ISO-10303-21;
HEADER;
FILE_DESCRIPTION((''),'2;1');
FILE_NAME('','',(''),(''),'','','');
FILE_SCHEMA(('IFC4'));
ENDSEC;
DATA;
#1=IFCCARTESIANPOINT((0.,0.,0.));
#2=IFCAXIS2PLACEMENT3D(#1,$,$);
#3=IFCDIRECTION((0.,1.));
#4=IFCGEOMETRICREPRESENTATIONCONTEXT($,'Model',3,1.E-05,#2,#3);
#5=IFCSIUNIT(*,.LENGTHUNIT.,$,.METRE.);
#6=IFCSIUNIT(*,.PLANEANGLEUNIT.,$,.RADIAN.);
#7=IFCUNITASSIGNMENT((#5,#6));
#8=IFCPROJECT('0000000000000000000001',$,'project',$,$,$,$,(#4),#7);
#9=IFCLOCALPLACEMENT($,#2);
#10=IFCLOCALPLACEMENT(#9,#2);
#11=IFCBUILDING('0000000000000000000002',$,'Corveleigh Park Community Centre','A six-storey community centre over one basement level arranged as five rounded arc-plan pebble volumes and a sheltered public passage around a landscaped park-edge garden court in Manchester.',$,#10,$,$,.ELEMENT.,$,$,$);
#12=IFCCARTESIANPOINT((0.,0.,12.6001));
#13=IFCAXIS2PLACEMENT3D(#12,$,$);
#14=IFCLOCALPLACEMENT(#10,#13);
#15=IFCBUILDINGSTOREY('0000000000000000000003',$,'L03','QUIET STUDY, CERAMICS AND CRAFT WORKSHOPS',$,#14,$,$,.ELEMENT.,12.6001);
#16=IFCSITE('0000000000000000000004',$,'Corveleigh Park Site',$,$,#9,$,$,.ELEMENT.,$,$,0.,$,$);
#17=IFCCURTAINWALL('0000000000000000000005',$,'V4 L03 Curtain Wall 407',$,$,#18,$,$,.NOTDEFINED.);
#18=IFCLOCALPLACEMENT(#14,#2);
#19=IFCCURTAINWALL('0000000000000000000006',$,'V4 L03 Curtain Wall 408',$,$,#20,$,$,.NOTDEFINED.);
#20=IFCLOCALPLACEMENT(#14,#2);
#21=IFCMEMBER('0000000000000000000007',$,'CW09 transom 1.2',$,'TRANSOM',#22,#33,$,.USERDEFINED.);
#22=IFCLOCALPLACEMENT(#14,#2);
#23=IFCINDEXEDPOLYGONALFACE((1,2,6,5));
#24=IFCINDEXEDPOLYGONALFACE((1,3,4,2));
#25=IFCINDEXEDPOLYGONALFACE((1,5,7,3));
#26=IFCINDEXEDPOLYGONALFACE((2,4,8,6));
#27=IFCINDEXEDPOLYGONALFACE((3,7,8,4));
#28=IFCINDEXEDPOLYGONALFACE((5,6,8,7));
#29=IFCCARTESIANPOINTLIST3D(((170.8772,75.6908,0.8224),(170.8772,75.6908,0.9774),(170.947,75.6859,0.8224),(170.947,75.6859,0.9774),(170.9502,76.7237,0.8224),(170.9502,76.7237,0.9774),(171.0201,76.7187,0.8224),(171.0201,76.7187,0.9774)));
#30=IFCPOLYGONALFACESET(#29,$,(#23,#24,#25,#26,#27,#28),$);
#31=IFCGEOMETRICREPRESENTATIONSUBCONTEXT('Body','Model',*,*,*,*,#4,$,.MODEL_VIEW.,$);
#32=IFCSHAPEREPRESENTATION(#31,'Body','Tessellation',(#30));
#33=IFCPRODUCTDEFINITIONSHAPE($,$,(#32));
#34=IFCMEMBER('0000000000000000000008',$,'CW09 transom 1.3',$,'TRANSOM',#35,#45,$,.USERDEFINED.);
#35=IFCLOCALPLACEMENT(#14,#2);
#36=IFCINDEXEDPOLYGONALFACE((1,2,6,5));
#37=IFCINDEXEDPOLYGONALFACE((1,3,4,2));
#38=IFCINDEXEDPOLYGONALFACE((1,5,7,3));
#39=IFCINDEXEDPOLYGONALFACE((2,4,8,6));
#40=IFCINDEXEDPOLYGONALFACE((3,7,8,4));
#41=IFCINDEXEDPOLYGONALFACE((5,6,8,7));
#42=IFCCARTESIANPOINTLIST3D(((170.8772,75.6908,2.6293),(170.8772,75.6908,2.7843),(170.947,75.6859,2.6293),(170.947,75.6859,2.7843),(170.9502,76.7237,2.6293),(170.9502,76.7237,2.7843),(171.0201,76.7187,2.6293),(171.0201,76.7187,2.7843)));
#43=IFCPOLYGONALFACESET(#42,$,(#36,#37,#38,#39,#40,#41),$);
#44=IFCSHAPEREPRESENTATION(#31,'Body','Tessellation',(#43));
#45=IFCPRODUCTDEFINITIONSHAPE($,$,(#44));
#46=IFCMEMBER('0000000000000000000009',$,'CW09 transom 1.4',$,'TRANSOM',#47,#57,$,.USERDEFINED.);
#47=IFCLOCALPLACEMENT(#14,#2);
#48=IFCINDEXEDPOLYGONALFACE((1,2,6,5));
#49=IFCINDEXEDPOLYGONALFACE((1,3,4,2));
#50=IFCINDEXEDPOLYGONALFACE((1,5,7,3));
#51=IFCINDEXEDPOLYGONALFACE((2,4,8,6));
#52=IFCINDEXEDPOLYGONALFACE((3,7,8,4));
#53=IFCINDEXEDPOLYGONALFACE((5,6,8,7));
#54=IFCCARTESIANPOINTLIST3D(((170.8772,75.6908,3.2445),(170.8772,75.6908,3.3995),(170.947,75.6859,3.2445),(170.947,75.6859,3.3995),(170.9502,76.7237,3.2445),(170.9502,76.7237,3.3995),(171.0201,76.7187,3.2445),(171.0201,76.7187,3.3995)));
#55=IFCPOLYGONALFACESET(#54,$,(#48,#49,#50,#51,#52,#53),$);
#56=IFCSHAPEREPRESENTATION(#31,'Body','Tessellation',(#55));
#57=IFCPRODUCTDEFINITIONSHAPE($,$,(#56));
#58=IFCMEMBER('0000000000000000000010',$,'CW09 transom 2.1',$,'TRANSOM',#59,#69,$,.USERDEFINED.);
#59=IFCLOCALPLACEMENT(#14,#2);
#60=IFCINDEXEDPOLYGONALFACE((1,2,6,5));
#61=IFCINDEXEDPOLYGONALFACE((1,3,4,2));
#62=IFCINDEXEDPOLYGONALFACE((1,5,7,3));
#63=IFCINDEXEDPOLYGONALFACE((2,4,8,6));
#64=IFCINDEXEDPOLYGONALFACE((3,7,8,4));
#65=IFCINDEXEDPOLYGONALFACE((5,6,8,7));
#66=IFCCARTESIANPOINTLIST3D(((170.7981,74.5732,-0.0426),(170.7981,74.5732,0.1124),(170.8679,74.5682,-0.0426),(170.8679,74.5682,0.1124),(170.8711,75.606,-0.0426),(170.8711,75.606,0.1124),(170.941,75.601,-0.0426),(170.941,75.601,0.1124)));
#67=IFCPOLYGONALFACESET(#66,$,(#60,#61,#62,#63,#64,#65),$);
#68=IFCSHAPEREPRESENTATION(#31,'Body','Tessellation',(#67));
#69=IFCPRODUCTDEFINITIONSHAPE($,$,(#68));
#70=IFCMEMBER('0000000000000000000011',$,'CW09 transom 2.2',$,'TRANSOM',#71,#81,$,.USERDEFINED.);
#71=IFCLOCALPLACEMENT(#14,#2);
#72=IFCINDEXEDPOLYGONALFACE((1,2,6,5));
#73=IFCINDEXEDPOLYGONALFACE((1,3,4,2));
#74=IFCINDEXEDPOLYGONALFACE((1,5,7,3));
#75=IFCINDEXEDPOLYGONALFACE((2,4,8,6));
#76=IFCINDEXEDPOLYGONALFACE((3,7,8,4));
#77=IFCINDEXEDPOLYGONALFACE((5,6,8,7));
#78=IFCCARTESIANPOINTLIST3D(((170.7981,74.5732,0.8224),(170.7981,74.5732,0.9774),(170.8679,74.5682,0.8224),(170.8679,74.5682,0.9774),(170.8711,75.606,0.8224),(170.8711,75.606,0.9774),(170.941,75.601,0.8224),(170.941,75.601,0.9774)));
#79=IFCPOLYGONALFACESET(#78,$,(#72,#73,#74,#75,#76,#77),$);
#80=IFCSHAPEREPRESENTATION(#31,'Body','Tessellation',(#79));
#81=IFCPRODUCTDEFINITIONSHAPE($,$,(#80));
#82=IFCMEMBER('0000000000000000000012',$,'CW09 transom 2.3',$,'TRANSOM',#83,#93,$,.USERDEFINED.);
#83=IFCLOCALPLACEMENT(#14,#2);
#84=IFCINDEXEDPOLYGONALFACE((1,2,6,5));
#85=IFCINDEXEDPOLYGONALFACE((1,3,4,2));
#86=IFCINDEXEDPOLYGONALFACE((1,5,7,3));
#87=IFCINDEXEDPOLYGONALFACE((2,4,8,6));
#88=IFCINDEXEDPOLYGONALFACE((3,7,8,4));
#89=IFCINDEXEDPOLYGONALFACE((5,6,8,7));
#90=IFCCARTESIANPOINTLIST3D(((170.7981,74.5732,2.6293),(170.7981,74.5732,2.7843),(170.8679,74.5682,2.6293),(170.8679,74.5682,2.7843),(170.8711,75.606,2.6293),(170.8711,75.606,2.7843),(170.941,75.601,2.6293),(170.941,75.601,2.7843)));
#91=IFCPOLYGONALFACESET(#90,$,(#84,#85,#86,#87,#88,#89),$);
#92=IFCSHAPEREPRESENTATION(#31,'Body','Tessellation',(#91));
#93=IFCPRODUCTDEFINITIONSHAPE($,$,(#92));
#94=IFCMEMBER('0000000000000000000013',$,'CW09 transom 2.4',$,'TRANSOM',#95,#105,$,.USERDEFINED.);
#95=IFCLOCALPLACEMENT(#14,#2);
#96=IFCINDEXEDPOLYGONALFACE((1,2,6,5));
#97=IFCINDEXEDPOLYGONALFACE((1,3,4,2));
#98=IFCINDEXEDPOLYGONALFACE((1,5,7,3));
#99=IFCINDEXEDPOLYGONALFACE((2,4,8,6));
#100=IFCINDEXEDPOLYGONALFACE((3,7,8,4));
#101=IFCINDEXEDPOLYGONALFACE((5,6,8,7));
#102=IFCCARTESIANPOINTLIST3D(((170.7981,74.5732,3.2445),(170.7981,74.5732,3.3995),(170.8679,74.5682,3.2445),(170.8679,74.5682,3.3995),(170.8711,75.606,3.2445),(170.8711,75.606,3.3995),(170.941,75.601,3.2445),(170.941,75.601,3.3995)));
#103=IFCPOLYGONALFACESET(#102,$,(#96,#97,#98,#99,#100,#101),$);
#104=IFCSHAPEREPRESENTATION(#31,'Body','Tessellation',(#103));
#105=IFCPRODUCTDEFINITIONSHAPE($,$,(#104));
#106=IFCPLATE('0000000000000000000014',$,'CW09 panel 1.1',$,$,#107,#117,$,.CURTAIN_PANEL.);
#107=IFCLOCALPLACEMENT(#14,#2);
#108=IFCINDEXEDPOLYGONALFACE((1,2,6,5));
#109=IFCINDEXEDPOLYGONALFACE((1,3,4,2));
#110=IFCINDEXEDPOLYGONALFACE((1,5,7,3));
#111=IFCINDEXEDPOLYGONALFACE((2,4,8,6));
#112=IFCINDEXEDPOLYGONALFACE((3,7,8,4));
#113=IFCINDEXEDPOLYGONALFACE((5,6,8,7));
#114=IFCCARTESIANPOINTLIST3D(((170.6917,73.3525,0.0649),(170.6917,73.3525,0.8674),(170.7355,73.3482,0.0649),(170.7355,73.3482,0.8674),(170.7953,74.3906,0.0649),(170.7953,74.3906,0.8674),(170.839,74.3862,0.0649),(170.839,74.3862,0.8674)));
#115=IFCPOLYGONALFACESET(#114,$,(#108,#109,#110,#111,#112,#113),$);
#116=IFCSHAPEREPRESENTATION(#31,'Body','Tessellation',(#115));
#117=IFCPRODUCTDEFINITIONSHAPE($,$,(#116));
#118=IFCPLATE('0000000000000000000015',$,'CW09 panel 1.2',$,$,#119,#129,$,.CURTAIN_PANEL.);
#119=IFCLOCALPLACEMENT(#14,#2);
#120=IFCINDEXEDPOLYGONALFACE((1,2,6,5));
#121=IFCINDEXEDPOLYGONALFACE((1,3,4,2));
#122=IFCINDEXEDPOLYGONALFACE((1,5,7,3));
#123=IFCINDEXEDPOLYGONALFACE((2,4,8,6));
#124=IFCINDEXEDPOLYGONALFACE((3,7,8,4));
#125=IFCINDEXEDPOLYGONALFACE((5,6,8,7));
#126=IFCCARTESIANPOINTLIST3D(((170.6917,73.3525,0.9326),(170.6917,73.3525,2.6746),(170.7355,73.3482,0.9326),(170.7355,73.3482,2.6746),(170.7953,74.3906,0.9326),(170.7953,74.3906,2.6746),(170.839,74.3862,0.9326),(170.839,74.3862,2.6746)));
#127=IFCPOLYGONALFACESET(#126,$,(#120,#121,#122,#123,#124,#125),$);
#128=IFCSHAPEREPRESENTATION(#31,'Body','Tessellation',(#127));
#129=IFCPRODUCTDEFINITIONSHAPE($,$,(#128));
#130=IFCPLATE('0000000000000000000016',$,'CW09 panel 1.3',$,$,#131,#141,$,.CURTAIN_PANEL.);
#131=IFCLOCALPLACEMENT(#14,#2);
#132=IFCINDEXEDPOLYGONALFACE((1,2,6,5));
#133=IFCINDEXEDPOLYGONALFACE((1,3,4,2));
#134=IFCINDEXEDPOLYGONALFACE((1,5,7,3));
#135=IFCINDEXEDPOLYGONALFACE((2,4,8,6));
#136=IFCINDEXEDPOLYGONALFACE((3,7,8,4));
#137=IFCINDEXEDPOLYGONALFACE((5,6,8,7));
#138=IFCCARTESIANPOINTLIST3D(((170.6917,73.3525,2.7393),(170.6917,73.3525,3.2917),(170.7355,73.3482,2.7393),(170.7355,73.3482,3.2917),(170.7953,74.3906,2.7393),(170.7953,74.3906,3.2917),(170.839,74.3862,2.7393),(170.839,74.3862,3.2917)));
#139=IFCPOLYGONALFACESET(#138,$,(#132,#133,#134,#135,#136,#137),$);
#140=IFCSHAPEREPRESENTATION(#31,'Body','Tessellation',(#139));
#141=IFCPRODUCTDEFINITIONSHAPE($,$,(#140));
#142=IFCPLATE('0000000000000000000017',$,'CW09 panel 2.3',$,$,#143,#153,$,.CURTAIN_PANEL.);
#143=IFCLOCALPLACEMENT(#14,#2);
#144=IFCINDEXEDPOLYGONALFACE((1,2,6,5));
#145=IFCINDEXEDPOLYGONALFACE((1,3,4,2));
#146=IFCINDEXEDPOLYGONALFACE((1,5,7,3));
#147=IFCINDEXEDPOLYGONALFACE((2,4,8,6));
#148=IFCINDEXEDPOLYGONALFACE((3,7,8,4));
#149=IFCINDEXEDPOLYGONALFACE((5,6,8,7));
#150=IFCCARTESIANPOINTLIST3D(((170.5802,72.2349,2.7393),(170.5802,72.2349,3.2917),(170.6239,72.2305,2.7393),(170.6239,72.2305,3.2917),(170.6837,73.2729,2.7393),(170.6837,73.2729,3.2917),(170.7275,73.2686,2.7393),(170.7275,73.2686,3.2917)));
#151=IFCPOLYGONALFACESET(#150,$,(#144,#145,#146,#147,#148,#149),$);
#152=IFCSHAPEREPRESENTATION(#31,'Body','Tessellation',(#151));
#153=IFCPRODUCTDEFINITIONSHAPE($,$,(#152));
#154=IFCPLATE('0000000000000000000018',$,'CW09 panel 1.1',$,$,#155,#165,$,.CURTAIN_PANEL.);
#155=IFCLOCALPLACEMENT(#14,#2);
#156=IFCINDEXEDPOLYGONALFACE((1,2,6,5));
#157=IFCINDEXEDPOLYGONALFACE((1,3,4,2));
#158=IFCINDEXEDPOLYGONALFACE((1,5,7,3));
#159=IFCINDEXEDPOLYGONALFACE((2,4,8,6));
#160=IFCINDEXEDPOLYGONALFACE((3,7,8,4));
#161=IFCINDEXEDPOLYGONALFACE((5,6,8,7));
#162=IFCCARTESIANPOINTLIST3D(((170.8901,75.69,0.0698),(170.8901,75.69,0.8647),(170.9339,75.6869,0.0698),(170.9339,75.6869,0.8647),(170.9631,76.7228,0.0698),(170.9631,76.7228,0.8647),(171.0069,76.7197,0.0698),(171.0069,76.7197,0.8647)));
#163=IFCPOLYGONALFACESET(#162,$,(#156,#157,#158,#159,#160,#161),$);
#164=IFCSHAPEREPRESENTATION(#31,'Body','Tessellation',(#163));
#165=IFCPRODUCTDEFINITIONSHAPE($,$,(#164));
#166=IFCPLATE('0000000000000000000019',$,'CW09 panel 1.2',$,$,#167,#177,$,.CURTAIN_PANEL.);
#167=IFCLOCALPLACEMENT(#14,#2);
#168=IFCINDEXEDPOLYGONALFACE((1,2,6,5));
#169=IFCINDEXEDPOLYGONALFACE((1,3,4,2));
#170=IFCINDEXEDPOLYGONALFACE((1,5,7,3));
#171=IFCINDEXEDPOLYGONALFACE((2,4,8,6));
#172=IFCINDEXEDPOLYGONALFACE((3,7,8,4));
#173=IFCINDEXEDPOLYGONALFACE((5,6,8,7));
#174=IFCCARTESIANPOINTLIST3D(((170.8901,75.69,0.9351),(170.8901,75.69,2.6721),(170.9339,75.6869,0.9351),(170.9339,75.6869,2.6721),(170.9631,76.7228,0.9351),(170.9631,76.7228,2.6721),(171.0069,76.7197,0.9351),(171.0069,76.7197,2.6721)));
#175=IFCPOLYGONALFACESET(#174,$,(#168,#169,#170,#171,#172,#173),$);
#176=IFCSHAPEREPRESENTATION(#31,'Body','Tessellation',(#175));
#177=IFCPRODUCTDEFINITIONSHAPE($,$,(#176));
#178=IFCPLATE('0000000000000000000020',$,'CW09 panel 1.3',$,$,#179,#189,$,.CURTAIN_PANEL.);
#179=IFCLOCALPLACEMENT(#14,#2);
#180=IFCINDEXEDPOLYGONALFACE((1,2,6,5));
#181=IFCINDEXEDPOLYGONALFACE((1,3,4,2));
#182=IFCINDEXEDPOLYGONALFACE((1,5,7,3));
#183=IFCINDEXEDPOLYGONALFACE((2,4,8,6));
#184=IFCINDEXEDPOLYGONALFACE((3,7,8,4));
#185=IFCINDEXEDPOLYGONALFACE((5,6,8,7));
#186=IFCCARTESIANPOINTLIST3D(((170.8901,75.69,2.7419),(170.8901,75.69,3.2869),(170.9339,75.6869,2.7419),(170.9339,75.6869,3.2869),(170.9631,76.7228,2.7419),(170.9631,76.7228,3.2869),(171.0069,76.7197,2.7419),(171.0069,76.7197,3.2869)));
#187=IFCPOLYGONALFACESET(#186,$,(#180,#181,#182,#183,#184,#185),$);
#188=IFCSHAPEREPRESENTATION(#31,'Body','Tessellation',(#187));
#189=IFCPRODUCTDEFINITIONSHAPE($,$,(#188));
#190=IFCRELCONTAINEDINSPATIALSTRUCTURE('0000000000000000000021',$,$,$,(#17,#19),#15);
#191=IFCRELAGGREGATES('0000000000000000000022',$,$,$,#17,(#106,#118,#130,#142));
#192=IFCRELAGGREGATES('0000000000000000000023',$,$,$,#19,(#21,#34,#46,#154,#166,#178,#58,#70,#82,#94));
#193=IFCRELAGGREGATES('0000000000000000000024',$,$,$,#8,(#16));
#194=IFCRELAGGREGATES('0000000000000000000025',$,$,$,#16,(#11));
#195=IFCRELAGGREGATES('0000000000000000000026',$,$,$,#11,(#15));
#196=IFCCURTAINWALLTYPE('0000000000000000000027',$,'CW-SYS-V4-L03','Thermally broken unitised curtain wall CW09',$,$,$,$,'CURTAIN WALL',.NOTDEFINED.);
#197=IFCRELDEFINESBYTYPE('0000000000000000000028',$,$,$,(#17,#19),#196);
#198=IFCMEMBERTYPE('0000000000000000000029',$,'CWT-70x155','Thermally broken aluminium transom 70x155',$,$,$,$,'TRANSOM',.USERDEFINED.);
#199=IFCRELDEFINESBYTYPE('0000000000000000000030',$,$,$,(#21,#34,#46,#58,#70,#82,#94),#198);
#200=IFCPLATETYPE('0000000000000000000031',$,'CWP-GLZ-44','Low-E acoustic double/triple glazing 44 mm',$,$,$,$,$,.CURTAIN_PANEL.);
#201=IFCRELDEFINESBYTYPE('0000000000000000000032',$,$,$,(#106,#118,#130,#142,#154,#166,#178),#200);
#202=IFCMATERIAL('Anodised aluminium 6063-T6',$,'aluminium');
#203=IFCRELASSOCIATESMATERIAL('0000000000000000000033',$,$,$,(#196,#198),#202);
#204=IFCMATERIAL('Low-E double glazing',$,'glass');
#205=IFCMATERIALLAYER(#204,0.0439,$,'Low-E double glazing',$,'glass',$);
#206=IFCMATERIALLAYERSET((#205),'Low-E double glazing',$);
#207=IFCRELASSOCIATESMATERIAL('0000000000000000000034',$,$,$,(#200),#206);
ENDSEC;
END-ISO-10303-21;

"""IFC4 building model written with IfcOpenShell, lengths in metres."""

from ifc_helpers import new_model, si_unit, direction, frame, origin, origin_2d, place, context, subcontext, project, spatial, rectangle, extrude, material, layer, layer_set, material_profile, profile_set, type_object, element, aggregate, save


model = new_model("IFC4")

# Units and contexts
model_context = context("Model", 3, precision=1e-05, world=origin(), true_north=direction((0.0, 1.0)))
body_context = subcontext(model_context, "Body", "Model", "MODEL_VIEW")
ifc_project = project(units=[si_unit("LENGTHUNIT", "METRE"), si_unit("PLANEANGLEUNIT", "RADIAN")], contexts=[model_context])

# Site, building, storey
site_placement = place(None, origin())
site = spatial("IfcSite", under=ifc_project, at=site_placement, Name="Corveleigh Park Site", CompositionType="ELEMENT", RefElevation=0.0)
building_placement = place(site_placement, origin())
building = spatial("IfcBuilding", under=site, at=building_placement, Name="Corveleigh Park Community Centre", Description="A six-storey community centre over one basement level arranged as five rounded arc-plan pebble volumes and a sheltered public passage around a landscaped park-edge garden court in Manchester.", CompositionType="ELEMENT")
storey_placement = place(building_placement, frame((0.0, 0.0, 12.6001)))
storey = spatial("IfcBuildingStorey", under=building, at=storey_placement, Name="L03", Description="QUIET STUDY, CERAMICS AND CRAFT WORKSHOPS", CompositionType="ELEMENT", Elevation=12.6001)

# Curtain walls
ifc_material_1 = material(Name="Anodised aluminium 6063-T6", Category="aluminium")
curtain_wall_type = type_object("IfcCurtainWallType", Name="CW-SYS-V4-L03", Description="Thermally broken unitised curtain wall CW09", ElementType="CURTAIN WALL", PredefinedType="NOTDEFINED", material=ifc_material_1)
curtain_wall_1_placement = place(storey_placement, origin())
curtain_wall_1 = element("IfcCurtainWall", 1, at=curtain_wall_1_placement, inside=storey, type_object=curtain_wall_type, Name="V4 L03 Curtain Wall 407", PredefinedType="NOTDEFINED")
curtain_wall_2_placement = place(storey_placement, origin())
curtain_wall_2 = element("IfcCurtainWall", 2, at=curtain_wall_2_placement, inside=storey, type_object=curtain_wall_type, Name="V4 L03 Curtain Wall 408", PredefinedType="NOTDEFINED")

# Members
ifc_material_profile_1 = material_profile(ifc_material_1, rectangle(XDim=0.0701, YDim=0.155, at=origin_2d()), Name="ALU-T70x155", Category="aluminium")
ifc_profile_set_1 = profile_set([ifc_material_profile_1], Name="Anodised aluminium 6063-T6")
member_type_1 = type_object("IfcMemberType", Name="CWT-70x155", Description="Thermally broken aluminium transom 70x155", ElementType="TRANSOM", PredefinedType="USERDEFINED", material=ifc_profile_set_1)
member_1_placement = place(storey_placement, frame((170.9851, 76.7212, 0.8999), z_axis=(-0.07051, -0.997511, 0.0), x_axis=(0.997511, -0.07051, 0.0)))
member_1 = element("IfcMember", 3, at=member_1_placement, type_object=member_type_1, Name="CW09 transom 1.2", ObjectType="TRANSOM", PredefinedType="USERDEFINED", context=body_context, shape_type="SweptSolid", body=[
    extrude(rectangle(XDim=0.0701, YDim=0.155, at=origin_2d()), origin(), (0.0, 0.0, 1.0), 1.0354),
])
member_2_placement = place(storey_placement, frame((170.9851, 76.7212, 2.7068), z_axis=(-0.07051, -0.997511, 0.0), x_axis=(0.997511, -0.07051, 0.0)))
member_2 = element("IfcMember", 4, at=member_2_placement, type_object=member_type_1, Name="CW09 transom 1.3", ObjectType="TRANSOM", PredefinedType="USERDEFINED", context=body_context, shape_type="SweptSolid", body=[
    extrude(rectangle(XDim=0.0701, YDim=0.155, at=origin_2d()), origin(), (0.0, 0.0, 1.0), 1.0354),
])
member_3_placement = place(storey_placement, frame((170.9851, 76.7212, 3.322), z_axis=(-0.07051, -0.997511, 0.0), x_axis=(0.997511, -0.07051, 0.0)))
member_3 = element("IfcMember", 5, at=member_3_placement, type_object=member_type_1, Name="CW09 transom 1.4", ObjectType="TRANSOM", PredefinedType="USERDEFINED", context=body_context, shape_type="SweptSolid", body=[
    extrude(rectangle(XDim=0.0701, YDim=0.155, at=origin_2d()), origin(), (0.0, 0.0, 1.0), 1.0354),
])
member_4_placement = place(storey_placement, frame((170.906, 75.6035, 0.0349), z_axis=(-0.07051, -0.997511, 0.0), x_axis=(0.997511, -0.07051, 0.0)))
member_4 = element("IfcMember", 6, at=member_4_placement, type_object=member_type_1, Name="CW09 transom 2.1", ObjectType="TRANSOM", PredefinedType="USERDEFINED", context=body_context, shape_type="SweptSolid", body=[
    extrude(rectangle(XDim=0.0701, YDim=0.155, at=origin_2d()), origin(), (0.0, 0.0, 1.0), 1.0354),
])
member_5_placement = place(storey_placement, frame((170.906, 75.6035, 0.8999), z_axis=(-0.07051, -0.997511, 0.0), x_axis=(0.997511, -0.07051, 0.0)))
member_5 = element("IfcMember", 7, at=member_5_placement, type_object=member_type_1, Name="CW09 transom 2.2", ObjectType="TRANSOM", PredefinedType="USERDEFINED", context=body_context, shape_type="SweptSolid", body=[
    extrude(rectangle(XDim=0.0701, YDim=0.155, at=origin_2d()), origin(), (0.0, 0.0, 1.0), 1.0354),
])
member_6_placement = place(storey_placement, frame((170.906, 75.6035, 2.7068), z_axis=(-0.07051, -0.997511, 0.0), x_axis=(0.997511, -0.07051, 0.0)))
member_6 = element("IfcMember", 8, at=member_6_placement, type_object=member_type_1, Name="CW09 transom 2.3", ObjectType="TRANSOM", PredefinedType="USERDEFINED", context=body_context, shape_type="SweptSolid", body=[
    extrude(rectangle(XDim=0.0701, YDim=0.155, at=origin_2d()), origin(), (0.0, 0.0, 1.0), 1.0354),
])
member_7_placement = place(storey_placement, frame((170.906, 75.6035, 3.322), z_axis=(-0.07051, -0.997511, 0.0), x_axis=(0.997511, -0.07051, 0.0)))
member_7 = element("IfcMember", 9, at=member_7_placement, type_object=member_type_1, Name="CW09 transom 2.4", ObjectType="TRANSOM", PredefinedType="USERDEFINED", context=body_context, shape_type="SweptSolid", body=[
    extrude(rectangle(XDim=0.0701, YDim=0.155, at=origin_2d()), origin(), (0.0, 0.0, 1.0), 1.0354),
])

# Plates
ifc_material_2 = material(Name="Low-E double glazing", Category="glass")
ifc_layer = layer(ifc_material_2, 0.0439, Name="Low-E double glazing", Category="glass")
ifc_layer_set = layer_set([ifc_layer], Name="Low-E double glazing")
plate_type = type_object("IfcPlateType", Name="CWP-GLZ-44", Description="Low-E acoustic double/triple glazing 44 mm", PredefinedType="CURTAIN_PANEL", material=ifc_layer_set)
plate_1_placement = place(storey_placement, frame((170.7654, 73.8694, 0.0649), z_axis=(0.0, 0.0, 1.0), x_axis=(-0.099291, -0.995058, 0.0)))
plate_1 = element("IfcPlate", 10, at=plate_1_placement, type_object=plate_type, Name="CW09 panel 1.1", PredefinedType="CURTAIN_PANEL", context=body_context, shape_type="SweptSolid", body=[
    extrude(rectangle(XDim=1.0432, YDim=0.0439, at=origin_2d()), origin(), (0.0, 0.0, 1.0), 0.8025),
])
plate_2_placement = place(storey_placement, frame((170.7654, 73.8694, 0.9326), z_axis=(0.0, 0.0, 1.0), x_axis=(-0.099291, -0.995058, 0.0)))
plate_2 = element("IfcPlate", 11, at=plate_2_placement, type_object=plate_type, Name="CW09 panel 1.2", PredefinedType="CURTAIN_PANEL", context=body_context, shape_type="SweptSolid", body=[
    extrude(rectangle(XDim=1.0432, YDim=0.0439, at=origin_2d()), origin(), (0.0, 0.0, 1.0), 1.7419),
])
plate_3_placement = place(storey_placement, frame((170.7654, 73.8694, 2.7393), z_axis=(0.0, 0.0, 1.0), x_axis=(-0.099291, -0.995058, 0.0)))
plate_3 = element("IfcPlate", 12, at=plate_3_placement, type_object=plate_type, Name="CW09 panel 1.3", PredefinedType="CURTAIN_PANEL", context=body_context, shape_type="SweptSolid", body=[
    extrude(rectangle(XDim=1.0432, YDim=0.0439, at=origin_2d()), origin(), (0.0, 0.0, 1.0), 0.5525),
])
plate_4_placement = place(storey_placement, frame((170.6538, 72.7517, 2.7393), z_axis=(0.0, 0.0, 1.0), x_axis=(-0.099291, -0.995058, 0.0)))
plate_4 = element("IfcPlate", 13, at=plate_4_placement, type_object=plate_type, Name="CW09 panel 2.3", PredefinedType="CURTAIN_PANEL", context=body_context, shape_type="SweptSolid", body=[
    extrude(rectangle(XDim=1.0432, YDim=0.0439, at=origin_2d()), origin(), (0.0, 0.0, 1.0), 0.5525),
])
aggregate(curtain_wall_1, [plate_1, plate_2, plate_3, plate_4])
plate_5_placement = place(storey_placement, frame((170.9485, 76.2048, 0.0698), z_axis=(0.0, 0.0, 1.0), x_axis=(-0.070514, -0.997511, 0.0)))
plate_5 = element("IfcPlate", 14, at=plate_5_placement, type_object=plate_type, Name="CW09 panel 1.1", PredefinedType="CURTAIN_PANEL", context=body_context, shape_type="SweptSolid", body=[
    extrude(rectangle(XDim=1.0354, YDim=0.0439, at=origin_2d()), origin(), (0.0, 0.0, 1.0), 0.7949),
])
plate_6_placement = place(storey_placement, frame((170.9485, 76.2048, 0.9351), z_axis=(0.0, 0.0, 1.0), x_axis=(-0.070514, -0.997511, 0.0)))
plate_6 = element("IfcPlate", 15, at=plate_6_placement, type_object=plate_type, Name="CW09 panel 1.2", PredefinedType="CURTAIN_PANEL", context=body_context, shape_type="SweptSolid", body=[
    extrude(rectangle(XDim=1.0354, YDim=0.0439, at=origin_2d()), origin(), (0.0, 0.0, 1.0), 1.7371),
])
plate_7_placement = place(storey_placement, frame((170.9485, 76.2048, 2.7419), z_axis=(0.0, 0.0, 1.0), x_axis=(-0.070514, -0.997511, 0.0)))
plate_7 = element("IfcPlate", 16, at=plate_7_placement, type_object=plate_type, Name="CW09 panel 1.3", PredefinedType="CURTAIN_PANEL", context=body_context, shape_type="SweptSolid", body=[
    extrude(rectangle(XDim=1.0354, YDim=0.0439, at=origin_2d()), origin(), (0.0, 0.0, 1.0), 0.5449),
])
aggregate(curtain_wall_2, [member_1, member_2, member_3, plate_5, plate_6, plate_7, member_4, member_5, member_6, member_7])

save(model, "model.ifc")
